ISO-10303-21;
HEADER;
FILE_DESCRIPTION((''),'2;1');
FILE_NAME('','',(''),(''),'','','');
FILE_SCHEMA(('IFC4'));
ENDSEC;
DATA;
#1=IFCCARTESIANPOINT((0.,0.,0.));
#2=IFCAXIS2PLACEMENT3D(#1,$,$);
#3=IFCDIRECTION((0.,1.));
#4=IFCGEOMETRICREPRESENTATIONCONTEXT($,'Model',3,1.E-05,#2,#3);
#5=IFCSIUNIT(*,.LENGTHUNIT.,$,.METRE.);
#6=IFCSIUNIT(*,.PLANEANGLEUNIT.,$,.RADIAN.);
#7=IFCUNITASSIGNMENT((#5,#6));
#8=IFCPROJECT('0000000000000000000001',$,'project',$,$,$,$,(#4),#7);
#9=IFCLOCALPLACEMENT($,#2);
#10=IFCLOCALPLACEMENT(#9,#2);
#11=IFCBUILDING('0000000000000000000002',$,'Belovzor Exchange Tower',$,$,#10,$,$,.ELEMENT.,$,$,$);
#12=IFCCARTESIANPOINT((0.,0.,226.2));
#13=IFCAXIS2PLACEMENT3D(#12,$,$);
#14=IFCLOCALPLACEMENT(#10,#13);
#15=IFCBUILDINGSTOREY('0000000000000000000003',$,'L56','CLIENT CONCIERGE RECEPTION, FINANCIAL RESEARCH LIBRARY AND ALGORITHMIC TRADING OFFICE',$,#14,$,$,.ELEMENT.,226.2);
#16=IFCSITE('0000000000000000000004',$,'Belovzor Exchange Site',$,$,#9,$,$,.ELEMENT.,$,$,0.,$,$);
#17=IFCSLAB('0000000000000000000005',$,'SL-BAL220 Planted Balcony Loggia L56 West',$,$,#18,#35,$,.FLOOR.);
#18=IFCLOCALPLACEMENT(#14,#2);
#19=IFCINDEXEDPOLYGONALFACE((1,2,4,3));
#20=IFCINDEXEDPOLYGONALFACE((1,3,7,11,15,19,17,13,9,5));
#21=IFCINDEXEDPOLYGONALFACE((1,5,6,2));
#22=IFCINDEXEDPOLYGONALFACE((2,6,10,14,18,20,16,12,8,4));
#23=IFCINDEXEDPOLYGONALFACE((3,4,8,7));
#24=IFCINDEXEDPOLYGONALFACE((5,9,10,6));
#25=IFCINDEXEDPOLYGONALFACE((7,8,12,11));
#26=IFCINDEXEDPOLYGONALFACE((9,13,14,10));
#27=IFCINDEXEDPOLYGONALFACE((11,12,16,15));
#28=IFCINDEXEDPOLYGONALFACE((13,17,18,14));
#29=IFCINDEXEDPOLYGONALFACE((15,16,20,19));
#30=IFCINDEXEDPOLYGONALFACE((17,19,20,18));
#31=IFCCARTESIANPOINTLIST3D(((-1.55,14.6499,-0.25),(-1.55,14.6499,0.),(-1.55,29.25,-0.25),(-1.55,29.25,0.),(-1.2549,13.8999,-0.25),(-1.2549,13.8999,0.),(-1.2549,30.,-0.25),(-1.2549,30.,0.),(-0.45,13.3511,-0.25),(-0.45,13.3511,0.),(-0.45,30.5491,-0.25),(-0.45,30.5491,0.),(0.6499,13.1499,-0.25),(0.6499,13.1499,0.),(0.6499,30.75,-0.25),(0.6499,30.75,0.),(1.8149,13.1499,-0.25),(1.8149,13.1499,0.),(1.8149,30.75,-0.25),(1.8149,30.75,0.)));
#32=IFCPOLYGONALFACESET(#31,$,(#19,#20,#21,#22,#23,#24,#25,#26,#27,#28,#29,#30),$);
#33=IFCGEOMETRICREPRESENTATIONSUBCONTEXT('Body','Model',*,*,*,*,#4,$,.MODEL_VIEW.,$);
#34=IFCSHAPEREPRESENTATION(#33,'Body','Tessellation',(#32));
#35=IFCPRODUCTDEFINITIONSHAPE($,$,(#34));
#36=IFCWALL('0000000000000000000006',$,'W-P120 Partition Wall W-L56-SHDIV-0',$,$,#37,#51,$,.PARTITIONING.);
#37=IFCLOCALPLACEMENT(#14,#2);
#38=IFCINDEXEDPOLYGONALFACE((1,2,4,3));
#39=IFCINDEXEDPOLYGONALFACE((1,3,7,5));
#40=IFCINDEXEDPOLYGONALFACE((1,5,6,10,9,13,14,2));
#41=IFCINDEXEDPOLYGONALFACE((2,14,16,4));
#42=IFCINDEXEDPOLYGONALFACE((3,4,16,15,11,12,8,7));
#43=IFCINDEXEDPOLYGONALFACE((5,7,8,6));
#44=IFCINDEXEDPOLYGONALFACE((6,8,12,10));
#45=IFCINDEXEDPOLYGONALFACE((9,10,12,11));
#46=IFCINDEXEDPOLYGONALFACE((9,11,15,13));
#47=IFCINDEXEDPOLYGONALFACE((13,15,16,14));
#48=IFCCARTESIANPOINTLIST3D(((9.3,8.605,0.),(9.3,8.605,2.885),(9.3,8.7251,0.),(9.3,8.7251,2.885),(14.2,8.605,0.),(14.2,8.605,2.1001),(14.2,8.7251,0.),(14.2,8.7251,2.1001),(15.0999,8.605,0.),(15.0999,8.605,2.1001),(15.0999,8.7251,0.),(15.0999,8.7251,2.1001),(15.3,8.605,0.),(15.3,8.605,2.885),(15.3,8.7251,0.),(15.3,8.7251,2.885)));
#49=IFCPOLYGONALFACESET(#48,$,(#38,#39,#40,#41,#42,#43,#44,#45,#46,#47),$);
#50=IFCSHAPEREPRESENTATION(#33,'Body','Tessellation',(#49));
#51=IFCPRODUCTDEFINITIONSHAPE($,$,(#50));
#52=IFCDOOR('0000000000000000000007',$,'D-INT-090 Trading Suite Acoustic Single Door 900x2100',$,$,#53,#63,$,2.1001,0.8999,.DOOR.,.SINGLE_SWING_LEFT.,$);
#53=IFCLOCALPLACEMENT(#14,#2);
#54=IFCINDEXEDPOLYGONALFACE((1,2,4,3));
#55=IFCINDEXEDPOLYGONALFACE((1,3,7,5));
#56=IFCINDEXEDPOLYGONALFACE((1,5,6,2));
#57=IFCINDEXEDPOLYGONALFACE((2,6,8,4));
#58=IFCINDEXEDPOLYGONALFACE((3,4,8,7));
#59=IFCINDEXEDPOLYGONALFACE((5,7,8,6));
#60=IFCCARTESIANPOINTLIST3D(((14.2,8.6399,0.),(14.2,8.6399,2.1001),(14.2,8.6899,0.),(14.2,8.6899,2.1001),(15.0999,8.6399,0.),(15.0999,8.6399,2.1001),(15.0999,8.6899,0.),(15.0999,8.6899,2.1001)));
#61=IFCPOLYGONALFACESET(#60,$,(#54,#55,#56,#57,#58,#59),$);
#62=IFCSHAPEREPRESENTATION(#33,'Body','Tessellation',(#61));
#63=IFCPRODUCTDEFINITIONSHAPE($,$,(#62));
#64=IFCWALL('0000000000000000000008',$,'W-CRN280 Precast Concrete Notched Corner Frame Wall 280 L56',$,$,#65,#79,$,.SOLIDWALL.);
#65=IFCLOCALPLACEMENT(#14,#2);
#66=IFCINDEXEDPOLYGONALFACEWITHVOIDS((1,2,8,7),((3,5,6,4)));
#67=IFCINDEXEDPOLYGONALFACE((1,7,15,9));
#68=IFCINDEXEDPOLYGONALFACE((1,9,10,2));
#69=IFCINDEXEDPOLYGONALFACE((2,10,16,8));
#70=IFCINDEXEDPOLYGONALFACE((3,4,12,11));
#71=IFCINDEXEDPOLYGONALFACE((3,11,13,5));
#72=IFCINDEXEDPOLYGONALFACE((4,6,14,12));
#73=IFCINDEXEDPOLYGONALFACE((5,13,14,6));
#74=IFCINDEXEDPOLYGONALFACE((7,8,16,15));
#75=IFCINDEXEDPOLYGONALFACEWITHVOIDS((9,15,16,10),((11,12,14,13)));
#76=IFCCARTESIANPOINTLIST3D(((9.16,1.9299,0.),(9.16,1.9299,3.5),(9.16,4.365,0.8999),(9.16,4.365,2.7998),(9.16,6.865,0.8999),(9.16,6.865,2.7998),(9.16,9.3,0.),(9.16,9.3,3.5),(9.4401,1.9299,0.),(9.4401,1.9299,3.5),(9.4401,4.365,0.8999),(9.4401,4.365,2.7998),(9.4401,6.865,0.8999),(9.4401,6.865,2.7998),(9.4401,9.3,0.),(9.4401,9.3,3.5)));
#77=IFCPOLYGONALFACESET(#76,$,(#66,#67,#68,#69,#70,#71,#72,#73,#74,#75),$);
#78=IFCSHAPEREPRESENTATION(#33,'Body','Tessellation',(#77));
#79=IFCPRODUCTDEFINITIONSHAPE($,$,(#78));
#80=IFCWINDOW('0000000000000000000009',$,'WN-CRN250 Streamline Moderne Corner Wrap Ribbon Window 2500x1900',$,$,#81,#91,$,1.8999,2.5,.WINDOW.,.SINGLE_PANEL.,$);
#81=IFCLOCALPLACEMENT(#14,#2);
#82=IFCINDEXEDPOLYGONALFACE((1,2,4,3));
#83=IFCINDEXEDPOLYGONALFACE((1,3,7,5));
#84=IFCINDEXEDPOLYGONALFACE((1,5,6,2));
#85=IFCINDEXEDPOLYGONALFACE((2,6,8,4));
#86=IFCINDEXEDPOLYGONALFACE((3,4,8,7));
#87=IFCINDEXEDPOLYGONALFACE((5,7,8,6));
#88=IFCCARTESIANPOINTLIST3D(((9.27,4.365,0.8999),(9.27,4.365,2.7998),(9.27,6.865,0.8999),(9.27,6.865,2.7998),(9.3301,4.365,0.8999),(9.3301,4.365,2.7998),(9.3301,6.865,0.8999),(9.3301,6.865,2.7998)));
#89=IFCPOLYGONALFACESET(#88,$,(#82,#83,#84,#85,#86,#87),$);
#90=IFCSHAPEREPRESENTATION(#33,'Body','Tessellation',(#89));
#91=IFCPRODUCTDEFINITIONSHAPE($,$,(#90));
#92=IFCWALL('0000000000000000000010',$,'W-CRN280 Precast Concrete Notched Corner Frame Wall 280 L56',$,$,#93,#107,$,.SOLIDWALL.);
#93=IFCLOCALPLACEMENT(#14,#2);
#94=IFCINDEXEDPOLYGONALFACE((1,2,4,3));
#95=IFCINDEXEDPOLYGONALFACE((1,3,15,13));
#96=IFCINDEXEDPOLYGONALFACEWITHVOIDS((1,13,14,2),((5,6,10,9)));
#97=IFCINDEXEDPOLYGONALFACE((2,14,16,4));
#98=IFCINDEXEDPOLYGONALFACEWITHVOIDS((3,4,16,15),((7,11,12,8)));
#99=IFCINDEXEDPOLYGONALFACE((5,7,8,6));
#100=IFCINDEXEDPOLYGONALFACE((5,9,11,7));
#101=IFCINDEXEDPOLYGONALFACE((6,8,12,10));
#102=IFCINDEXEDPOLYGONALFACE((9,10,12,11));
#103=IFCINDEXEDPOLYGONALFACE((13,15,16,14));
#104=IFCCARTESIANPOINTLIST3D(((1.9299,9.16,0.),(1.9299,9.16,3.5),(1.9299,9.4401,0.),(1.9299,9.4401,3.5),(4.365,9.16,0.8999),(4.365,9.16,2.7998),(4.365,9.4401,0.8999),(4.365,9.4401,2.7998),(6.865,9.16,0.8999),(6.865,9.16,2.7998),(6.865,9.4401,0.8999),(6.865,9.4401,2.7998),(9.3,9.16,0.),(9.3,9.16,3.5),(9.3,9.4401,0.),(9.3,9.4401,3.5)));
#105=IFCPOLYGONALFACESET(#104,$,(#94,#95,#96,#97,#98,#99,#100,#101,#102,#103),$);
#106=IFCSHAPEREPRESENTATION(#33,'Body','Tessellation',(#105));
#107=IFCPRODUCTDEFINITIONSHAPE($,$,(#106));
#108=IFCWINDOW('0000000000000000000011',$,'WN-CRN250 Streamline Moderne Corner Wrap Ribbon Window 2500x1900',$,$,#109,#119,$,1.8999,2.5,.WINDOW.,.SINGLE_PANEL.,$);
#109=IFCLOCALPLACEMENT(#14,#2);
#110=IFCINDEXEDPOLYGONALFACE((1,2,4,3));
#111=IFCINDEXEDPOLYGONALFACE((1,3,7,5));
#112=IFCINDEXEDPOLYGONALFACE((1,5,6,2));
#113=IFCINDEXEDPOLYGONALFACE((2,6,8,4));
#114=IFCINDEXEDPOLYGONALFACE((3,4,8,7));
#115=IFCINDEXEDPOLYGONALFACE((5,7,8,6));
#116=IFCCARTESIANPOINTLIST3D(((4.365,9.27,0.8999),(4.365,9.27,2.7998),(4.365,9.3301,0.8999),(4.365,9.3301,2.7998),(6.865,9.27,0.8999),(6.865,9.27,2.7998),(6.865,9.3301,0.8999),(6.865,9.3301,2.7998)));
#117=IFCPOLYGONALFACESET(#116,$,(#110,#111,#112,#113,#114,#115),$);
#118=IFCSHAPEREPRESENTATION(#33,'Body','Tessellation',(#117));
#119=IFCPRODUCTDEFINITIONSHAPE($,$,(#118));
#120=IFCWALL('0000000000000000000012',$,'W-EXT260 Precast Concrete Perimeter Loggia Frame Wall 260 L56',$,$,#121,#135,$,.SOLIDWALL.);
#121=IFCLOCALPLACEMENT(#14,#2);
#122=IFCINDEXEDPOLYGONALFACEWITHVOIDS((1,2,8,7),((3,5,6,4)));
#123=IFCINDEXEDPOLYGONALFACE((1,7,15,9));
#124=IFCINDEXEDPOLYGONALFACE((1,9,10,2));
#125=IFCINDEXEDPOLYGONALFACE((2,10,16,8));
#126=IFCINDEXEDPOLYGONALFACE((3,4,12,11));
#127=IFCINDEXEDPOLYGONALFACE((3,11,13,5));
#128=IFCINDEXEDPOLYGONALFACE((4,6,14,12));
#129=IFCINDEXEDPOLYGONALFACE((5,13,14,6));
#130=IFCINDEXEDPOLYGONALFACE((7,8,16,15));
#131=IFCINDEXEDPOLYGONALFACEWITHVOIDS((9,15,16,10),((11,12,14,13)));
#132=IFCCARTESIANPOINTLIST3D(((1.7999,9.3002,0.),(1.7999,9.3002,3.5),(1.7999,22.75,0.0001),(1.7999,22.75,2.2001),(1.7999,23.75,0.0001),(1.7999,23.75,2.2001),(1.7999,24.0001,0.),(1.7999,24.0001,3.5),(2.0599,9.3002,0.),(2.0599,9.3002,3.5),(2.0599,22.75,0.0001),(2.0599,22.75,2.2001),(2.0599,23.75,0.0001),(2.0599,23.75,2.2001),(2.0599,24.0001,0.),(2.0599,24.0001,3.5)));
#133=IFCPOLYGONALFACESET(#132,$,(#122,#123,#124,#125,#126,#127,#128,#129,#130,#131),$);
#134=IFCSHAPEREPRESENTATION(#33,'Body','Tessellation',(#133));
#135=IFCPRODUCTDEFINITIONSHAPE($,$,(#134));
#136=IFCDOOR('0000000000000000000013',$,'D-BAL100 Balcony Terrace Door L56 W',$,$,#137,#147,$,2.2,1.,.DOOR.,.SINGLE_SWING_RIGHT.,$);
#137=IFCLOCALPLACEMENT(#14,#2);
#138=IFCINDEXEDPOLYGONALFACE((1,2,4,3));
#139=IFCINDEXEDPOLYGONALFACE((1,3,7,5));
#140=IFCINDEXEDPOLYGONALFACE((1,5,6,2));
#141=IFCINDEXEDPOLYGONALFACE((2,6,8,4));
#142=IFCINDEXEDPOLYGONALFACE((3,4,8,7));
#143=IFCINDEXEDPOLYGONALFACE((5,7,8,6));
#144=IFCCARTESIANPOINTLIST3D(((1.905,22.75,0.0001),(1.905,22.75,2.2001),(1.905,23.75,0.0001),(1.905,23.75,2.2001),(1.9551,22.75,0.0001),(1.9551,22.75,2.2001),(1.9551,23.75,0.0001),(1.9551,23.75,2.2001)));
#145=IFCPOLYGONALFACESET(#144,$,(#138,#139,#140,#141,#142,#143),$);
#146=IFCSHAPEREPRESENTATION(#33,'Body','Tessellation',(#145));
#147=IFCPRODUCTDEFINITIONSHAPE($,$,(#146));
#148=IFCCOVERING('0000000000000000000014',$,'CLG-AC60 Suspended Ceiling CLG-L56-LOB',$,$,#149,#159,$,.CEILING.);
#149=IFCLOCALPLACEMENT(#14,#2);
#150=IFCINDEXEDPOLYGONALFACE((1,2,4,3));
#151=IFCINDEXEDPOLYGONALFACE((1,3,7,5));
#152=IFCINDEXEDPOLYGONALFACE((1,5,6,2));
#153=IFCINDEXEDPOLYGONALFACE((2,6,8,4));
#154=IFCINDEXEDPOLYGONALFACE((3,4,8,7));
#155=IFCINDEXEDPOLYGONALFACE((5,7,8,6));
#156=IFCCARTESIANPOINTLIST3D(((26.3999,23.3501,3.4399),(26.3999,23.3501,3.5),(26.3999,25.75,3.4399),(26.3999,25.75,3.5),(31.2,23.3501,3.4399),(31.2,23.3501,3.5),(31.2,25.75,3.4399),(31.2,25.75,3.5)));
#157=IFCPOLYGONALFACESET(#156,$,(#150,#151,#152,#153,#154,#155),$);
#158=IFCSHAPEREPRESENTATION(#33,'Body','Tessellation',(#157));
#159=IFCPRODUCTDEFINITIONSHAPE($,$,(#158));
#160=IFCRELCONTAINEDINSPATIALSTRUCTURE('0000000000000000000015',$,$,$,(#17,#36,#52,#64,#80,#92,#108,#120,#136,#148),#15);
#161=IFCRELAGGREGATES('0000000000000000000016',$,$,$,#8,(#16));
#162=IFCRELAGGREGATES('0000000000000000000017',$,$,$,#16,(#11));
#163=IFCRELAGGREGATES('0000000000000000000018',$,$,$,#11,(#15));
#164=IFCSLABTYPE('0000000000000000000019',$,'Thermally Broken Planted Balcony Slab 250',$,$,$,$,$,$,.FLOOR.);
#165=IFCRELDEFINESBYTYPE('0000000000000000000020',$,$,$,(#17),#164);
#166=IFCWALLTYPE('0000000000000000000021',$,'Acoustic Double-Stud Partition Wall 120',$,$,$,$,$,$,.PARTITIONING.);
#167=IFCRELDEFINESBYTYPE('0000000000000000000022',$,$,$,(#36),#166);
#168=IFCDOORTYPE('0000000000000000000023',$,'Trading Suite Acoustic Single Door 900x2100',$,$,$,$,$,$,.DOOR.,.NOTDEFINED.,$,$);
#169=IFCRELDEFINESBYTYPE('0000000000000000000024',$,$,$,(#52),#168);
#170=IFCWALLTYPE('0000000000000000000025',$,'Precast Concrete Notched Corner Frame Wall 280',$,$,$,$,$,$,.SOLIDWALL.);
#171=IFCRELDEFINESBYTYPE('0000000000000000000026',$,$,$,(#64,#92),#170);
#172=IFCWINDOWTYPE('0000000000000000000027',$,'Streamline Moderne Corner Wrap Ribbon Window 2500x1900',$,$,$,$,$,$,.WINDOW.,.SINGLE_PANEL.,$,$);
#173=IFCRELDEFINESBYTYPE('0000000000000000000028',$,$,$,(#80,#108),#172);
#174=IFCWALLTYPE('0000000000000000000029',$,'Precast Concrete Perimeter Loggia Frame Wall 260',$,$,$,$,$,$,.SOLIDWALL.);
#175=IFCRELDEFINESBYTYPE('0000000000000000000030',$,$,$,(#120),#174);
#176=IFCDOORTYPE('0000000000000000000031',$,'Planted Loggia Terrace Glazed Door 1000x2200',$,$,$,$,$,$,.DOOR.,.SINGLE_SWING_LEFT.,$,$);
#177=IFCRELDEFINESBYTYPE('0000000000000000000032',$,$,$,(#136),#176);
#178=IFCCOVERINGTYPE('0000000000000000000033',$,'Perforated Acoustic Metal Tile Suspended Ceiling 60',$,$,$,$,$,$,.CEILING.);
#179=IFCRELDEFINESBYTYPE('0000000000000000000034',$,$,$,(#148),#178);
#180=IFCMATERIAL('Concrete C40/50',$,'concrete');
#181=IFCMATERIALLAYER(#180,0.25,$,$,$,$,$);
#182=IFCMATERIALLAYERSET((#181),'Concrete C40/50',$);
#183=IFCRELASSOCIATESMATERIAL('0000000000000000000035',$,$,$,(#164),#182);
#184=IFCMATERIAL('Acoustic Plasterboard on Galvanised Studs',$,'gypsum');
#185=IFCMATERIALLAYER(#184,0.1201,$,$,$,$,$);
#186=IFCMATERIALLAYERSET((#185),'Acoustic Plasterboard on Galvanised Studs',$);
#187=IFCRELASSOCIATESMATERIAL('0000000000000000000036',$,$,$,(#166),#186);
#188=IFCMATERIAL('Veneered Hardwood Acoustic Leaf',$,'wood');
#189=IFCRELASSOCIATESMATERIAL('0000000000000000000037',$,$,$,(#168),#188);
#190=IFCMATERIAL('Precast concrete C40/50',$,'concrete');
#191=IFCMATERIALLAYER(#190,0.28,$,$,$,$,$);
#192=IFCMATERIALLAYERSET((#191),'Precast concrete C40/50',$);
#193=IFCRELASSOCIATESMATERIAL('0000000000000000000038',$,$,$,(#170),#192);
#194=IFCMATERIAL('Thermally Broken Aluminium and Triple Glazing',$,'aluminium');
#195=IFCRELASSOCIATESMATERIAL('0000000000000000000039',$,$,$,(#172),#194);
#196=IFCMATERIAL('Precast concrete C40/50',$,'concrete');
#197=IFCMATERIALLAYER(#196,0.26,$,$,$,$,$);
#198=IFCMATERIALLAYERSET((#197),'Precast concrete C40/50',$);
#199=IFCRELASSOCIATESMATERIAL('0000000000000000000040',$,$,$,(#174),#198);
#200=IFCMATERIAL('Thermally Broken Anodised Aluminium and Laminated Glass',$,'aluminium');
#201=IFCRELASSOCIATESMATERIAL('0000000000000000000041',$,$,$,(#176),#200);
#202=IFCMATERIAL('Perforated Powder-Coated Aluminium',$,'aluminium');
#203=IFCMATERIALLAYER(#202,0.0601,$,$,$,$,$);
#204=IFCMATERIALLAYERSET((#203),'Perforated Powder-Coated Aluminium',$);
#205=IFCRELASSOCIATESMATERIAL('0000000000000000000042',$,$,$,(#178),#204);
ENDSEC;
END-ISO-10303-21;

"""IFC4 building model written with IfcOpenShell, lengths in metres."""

from ifc_helpers import new_model, si_unit, direction, frame, frame_2d, origin, place, context, subcontext, project, spatial, polyline, rectangle, outline, extrude, material, layer, layer_set, type_object, element, fill, save


model = new_model("IFC4")

# Units and contexts
model_context = context("Model", 3, precision=1e-05, world=origin(), true_north=direction((0.0, 1.0)))
body_context = subcontext(model_context, "Body", "Model", "MODEL_VIEW")
ifc_project = project(units=[si_unit("LENGTHUNIT", "METRE"), si_unit("PLANEANGLEUNIT", "RADIAN")], contexts=[model_context])

# Site, building, storey
site_placement = place(None, origin())
site = spatial("IfcSite", under=ifc_project, at=site_placement, Name="Belovzor Exchange Site", CompositionType="ELEMENT", RefElevation=0.0)
building_placement = place(site_placement, origin())
building = spatial("IfcBuilding", under=site, at=building_placement, Name="Belovzor Exchange Tower", CompositionType="ELEMENT")
storey_placement = place(building_placement, frame((0.0, 0.0, 226.2)))
storey = spatial("IfcBuildingStorey", under=building, at=storey_placement, Name="L56", Description="CLIENT CONCIERGE RECEPTION, FINANCIAL RESEARCH LIBRARY AND ALGORITHMIC TRADING OFFICE", CompositionType="ELEMENT", Elevation=226.2)

# Slab
ifc_material_1 = material(Name="Concrete C40/50", Category="concrete")
ifc_layer_1 = layer(ifc_material_1, 0.25)
ifc_layer_set_1 = layer_set([ifc_layer_1], Name="Concrete C40/50")
slab_type_1 = type_object("IfcSlabType", Name="Thermally Broken Planted Balcony Slab 250", PredefinedType="FLOOR", material=ifc_layer_set_1)
slab_1_placement = place(storey_placement, frame((0.0, 0.0, -0.25)))
element("IfcSlab", 1, at=slab_1_placement, inside=storey, type_object=slab_type_1, Name="SL-BAL220 Planted Balcony Loggia L56 West", PredefinedType="FLOOR", context=body_context, shape_type="SweptSolid", body=[
    extrude(outline(polyline([(1.8149, 30.75), (0.6499, 30.75), (-0.45, 30.5491), (-1.2549, 30.0), (-1.55, 29.25), (-1.55, 14.6499), (-1.2549, 13.8999), (-0.45, 13.3511), (0.6499, 13.1499), (1.8149, 13.1499), (1.8149, 30.75)])), origin(), (0.0, 0.0, 1.0), 0.25),
])

# Wall, opening, door
ifc_material_2 = material(Name="Acoustic Plasterboard on Galvanised Studs", Category="gypsum")
ifc_layer_2 = layer(ifc_material_2, 0.1201)
ifc_layer_set_2 = layer_set([ifc_layer_2], Name="Acoustic Plasterboard on Galvanised Studs")
wall_type_1 = type_object("IfcWallType", Name="Acoustic Double-Stud Partition Wall 120", PredefinedType="PARTITIONING", material=ifc_layer_set_2)
wall_1_placement = place(storey_placement, frame((9.3, 8.665, 0.0), z_axis=(0.0, 0.0, 1.0), x_axis=(1.0, 0.0, 0.0)))
wall_1 = element("IfcWall", 2, at=wall_1_placement, inside=storey, type_object=wall_type_1, Name="W-P120 Partition Wall W-L56-SHDIV-0", PredefinedType="PARTITIONING", context=body_context, shape_type="SweptSolid", body=[
    extrude(rectangle(XDim=6.0, YDim=0.1201, at=frame_2d((3.0, 0.0))), origin(), (0.0, 0.0, 1.0), 2.885),
])
opening_1_placement = place(wall_1_placement, frame((4.8999, 0.0, 0.0)))
opening_1 = element("IfcOpeningElement", 3, at=opening_1_placement, cuts=wall_1, PredefinedType="OPENING", context=body_context, shape_type="SweptSolid", body=[
    extrude(rectangle(XDim=0.8999, YDim=2.1001, at=frame_2d((0.45, 1.05))), frame((0.0, 0.0701, 0.0), z_axis=(0.0, -1.0, 0.0), x_axis=(1.0, 0.0, 0.0)), (0.0, 0.0, 1.0), 0.1401),
])
ifc_material_3 = material(Name="Veneered Hardwood Acoustic Leaf", Category="wood")
door_type_1 = type_object("IfcDoorType", Name="Trading Suite Acoustic Single Door 900x2100", OperationType="NOTDEFINED", PredefinedType="DOOR", material=ifc_material_3)
door_1_placement = place(opening_1_placement, origin())
door_1 = element("IfcDoor", 4, at=door_1_placement, inside=storey, type_object=door_type_1, Name="D-INT-090 Trading Suite Acoustic Single Door 900x2100", OperationType="SINGLE_SWING_LEFT", OverallHeight=2.1001, OverallWidth=0.8999, PredefinedType="DOOR", context=body_context, shape_type="SweptSolid", body=[
    extrude(rectangle(XDim=0.8999, YDim=2.1001, at=frame_2d((0.45, 1.05))), frame((0.0, 0.0249, 0.0), z_axis=(0.0, -1.0, 0.0), x_axis=(1.0, 0.0, 0.0)), (0.0, 0.0, 1.0), 0.05),
])
fill(opening_1, door_1)

# Walls, openings, windows
ifc_material_4 = material(Name="Precast concrete C40/50", Category="concrete")
ifc_layer_3 = layer(ifc_material_4, 0.28)
ifc_layer_set_3 = layer_set([ifc_layer_3], Name="Precast concrete C40/50")
wall_type_2 = type_object("IfcWallType", Name="Precast Concrete Notched Corner Frame Wall 280", PredefinedType="SOLIDWALL", material=ifc_layer_set_3)
wall_2_placement = place(storey_placement, frame((9.3, 1.9299, 0.0), z_axis=(0.0, 0.0, 1.0), x_axis=(0.0, 1.0, 0.0)))
wall_2 = element("IfcWall", 5, at=wall_2_placement, inside=storey, type_object=wall_type_2, Name="W-CRN280 Precast Concrete Notched Corner Frame Wall 280 L56", PredefinedType="SOLIDWALL", context=body_context, shape_type="SweptSolid", body=[
    extrude(rectangle(XDim=7.3701, YDim=0.28, at=frame_2d((3.6851, 0.0))), origin(), (0.0, 0.0, 1.0), 3.5),
])
opening_2_placement = place(wall_2_placement, frame((2.4351, 0.0, 0.8999)))
opening_2 = element("IfcOpeningElement", 6, at=opening_2_placement, cuts=wall_2, PredefinedType="OPENING", context=body_context, shape_type="SweptSolid", body=[
    extrude(rectangle(XDim=2.5, YDim=1.8999, at=frame_2d((1.25, 0.95))), frame((0.0, 0.1499, 0.0), z_axis=(0.0, -1.0, 0.0), x_axis=(1.0, 0.0, 0.0)), (0.0, 0.0, 1.0), 0.3),
])
ifc_material_5 = material(Name="Thermally Broken Aluminium and Triple Glazing", Category="aluminium")
window_type = type_object("IfcWindowType", Name="Streamline Moderne Corner Wrap Ribbon Window 2500x1900", PartitioningType="SINGLE_PANEL", PredefinedType="WINDOW", material=ifc_material_5)
window_1_placement = place(opening_2_placement, origin())
window_1 = element("IfcWindow", 7, at=window_1_placement, inside=storey, type_object=window_type, Name="WN-CRN250 Streamline Moderne Corner Wrap Ribbon Window 2500x1900", OverallHeight=1.8999, OverallWidth=2.5, PartitioningType="SINGLE_PANEL", PredefinedType="WINDOW", context=body_context, shape_type="SweptSolid", body=[
    extrude(rectangle(XDim=2.5, YDim=1.8999, at=frame_2d((1.25, 0.95))), frame((0.0, 0.03, 0.0), z_axis=(0.0, -1.0, 0.0), x_axis=(1.0, 0.0, 0.0)), (0.0, 0.0, 1.0), 0.0601),
])
fill(opening_2, window_1)
wall_3_placement = place(storey_placement, frame((9.3, 9.3, 0.0), z_axis=(0.0, 0.0, 1.0), x_axis=(-1.0, 0.0, 0.0)))
wall_3 = element("IfcWall", 8, at=wall_3_placement, inside=storey, type_object=wall_type_2, Name="W-CRN280 Precast Concrete Notched Corner Frame Wall 280 L56", PredefinedType="SOLIDWALL", context=body_context, shape_type="SweptSolid", body=[
    extrude(rectangle(XDim=7.3701, YDim=0.28, at=frame_2d((3.6851, 0.0))), origin(), (0.0, 0.0, 1.0), 3.5),
])
opening_3_placement = place(wall_3_placement, frame((2.4351, 0.0, 0.8999)))
opening_3 = element("IfcOpeningElement", 9, at=opening_3_placement, cuts=wall_3, PredefinedType="OPENING", context=body_context, shape_type="SweptSolid", body=[
    extrude(rectangle(XDim=2.5, YDim=1.8999, at=frame_2d((1.25, 0.95))), frame((0.0, 0.1499, 0.0), z_axis=(0.0, -1.0, 0.0), x_axis=(1.0, 0.0, 0.0)), (0.0, 0.0, 1.0), 0.3),
])
window_2_placement = place(opening_3_placement, origin())
window_2 = element("IfcWindow", 10, at=window_2_placement, inside=storey, type_object=window_type, Name="WN-CRN250 Streamline Moderne Corner Wrap Ribbon Window 2500x1900", OverallHeight=1.8999, OverallWidth=2.5, PartitioningType="SINGLE_PANEL", PredefinedType="WINDOW", context=body_context, shape_type="SweptSolid", body=[
    extrude(rectangle(XDim=2.5, YDim=1.8999, at=frame_2d((1.25, 0.95))), frame((0.0, 0.03, 0.0), z_axis=(0.0, -1.0, 0.0), x_axis=(1.0, 0.0, 0.0)), (0.0, 0.0, 1.0), 0.0601),
])
fill(opening_3, window_2)

# Wall, opening, door
ifc_material_6 = material(Name="Precast concrete C40/50", Category="concrete")
ifc_layer_4 = layer(ifc_material_6, 0.26)
ifc_layer_set_4 = layer_set([ifc_layer_4], Name="Precast concrete C40/50")
wall_type_3 = type_object("IfcWallType", Name="Precast Concrete Perimeter Loggia Frame Wall 260", PredefinedType="SOLIDWALL", material=ifc_layer_set_4)
wall_4_placement = place(storey_placement, frame((1.9299, 9.3, 0.0), z_axis=(0.0, 0.0, 1.0), x_axis=(0.0, 1.0, 0.0)))
wall_4 = element("IfcWall", 11, at=wall_4_placement, inside=storey, type_object=wall_type_3, Name="W-EXT260 Precast Concrete Perimeter Loggia Frame Wall 260 L56", PredefinedType="SOLIDWALL", context=body_context, shape_type="SweptSolid", body=[
    extrude(rectangle(XDim=14.7, YDim=0.26, at=frame_2d((7.3501, 0.0))), origin(), (0.0, 0.0, 1.0), 3.5),
])
opening_4_placement = place(wall_4_placement, frame((13.45, 0.0, 0.0)))
opening_4 = element("IfcOpeningElement", 12, at=opening_4_placement, cuts=wall_4, PredefinedType="OPENING", context=body_context, shape_type="SweptSolid", body=[
    extrude(rectangle(XDim=1.0, YDim=2.2, at=frame_2d((0.5, 1.1001))), frame((0.0, 0.1399, 0.0), z_axis=(0.0, -1.0, 0.0), x_axis=(1.0, 0.0, 0.0)), (0.0, 0.0, 1.0), 0.28),
])
ifc_material_7 = material(Name="Thermally Broken Anodised Aluminium and Laminated Glass", Category="aluminium")
door_type_2 = type_object("IfcDoorType", Name="Planted Loggia Terrace Glazed Door 1000x2200", OperationType="SINGLE_SWING_LEFT", PredefinedType="DOOR", material=ifc_material_7)
door_2_placement = place(opening_4_placement, origin())
door_2 = element("IfcDoor", 13, at=door_2_placement, inside=storey, type_object=door_type_2, Name="D-BAL100 Balcony Terrace Door L56 W", OperationType="SINGLE_SWING_RIGHT", OverallHeight=2.2, OverallWidth=1.0, PredefinedType="DOOR", context=body_context, shape_type="SweptSolid", body=[
    extrude(rectangle(XDim=1.0, YDim=2.2, at=frame_2d((0.5, 1.1001))), frame((0.0, 0.0249, 0.0), z_axis=(0.0, -1.0, 0.0), x_axis=(1.0, 0.0, 0.0)), (0.0, 0.0, 1.0), 0.05),
])
fill(opening_4, door_2)

# Covering
ifc_material_8 = material(Name="Perforated Powder-Coated Aluminium", Category="aluminium")
ifc_layer_5 = layer(ifc_material_8, 0.0601)
ifc_layer_set_5 = layer_set([ifc_layer_5], Name="Perforated Powder-Coated Aluminium")
covering_type_1 = type_object("IfcCoveringType", Name="Perforated Acoustic Metal Tile Suspended Ceiling 60", PredefinedType="CEILING", material=ifc_layer_set_5)
covering_1_placement = place(storey_placement, frame((0.0, 0.0, 3.4399)))
element("IfcCovering", 14, at=covering_1_placement, inside=storey, type_object=covering_type_1, Name="CLG-AC60 Suspended Ceiling CLG-L56-LOB", PredefinedType="CEILING", context=body_context, shape_type="SweptSolid", body=[
    extrude(outline(polyline([(26.3999, 23.3501), (31.2, 23.3501), (31.2, 25.75), (26.3999, 25.75), (26.3999, 23.3501)])), origin(), (0.0, 0.0, 1.0), 0.0601),
])

save(model, "model.ifc")
